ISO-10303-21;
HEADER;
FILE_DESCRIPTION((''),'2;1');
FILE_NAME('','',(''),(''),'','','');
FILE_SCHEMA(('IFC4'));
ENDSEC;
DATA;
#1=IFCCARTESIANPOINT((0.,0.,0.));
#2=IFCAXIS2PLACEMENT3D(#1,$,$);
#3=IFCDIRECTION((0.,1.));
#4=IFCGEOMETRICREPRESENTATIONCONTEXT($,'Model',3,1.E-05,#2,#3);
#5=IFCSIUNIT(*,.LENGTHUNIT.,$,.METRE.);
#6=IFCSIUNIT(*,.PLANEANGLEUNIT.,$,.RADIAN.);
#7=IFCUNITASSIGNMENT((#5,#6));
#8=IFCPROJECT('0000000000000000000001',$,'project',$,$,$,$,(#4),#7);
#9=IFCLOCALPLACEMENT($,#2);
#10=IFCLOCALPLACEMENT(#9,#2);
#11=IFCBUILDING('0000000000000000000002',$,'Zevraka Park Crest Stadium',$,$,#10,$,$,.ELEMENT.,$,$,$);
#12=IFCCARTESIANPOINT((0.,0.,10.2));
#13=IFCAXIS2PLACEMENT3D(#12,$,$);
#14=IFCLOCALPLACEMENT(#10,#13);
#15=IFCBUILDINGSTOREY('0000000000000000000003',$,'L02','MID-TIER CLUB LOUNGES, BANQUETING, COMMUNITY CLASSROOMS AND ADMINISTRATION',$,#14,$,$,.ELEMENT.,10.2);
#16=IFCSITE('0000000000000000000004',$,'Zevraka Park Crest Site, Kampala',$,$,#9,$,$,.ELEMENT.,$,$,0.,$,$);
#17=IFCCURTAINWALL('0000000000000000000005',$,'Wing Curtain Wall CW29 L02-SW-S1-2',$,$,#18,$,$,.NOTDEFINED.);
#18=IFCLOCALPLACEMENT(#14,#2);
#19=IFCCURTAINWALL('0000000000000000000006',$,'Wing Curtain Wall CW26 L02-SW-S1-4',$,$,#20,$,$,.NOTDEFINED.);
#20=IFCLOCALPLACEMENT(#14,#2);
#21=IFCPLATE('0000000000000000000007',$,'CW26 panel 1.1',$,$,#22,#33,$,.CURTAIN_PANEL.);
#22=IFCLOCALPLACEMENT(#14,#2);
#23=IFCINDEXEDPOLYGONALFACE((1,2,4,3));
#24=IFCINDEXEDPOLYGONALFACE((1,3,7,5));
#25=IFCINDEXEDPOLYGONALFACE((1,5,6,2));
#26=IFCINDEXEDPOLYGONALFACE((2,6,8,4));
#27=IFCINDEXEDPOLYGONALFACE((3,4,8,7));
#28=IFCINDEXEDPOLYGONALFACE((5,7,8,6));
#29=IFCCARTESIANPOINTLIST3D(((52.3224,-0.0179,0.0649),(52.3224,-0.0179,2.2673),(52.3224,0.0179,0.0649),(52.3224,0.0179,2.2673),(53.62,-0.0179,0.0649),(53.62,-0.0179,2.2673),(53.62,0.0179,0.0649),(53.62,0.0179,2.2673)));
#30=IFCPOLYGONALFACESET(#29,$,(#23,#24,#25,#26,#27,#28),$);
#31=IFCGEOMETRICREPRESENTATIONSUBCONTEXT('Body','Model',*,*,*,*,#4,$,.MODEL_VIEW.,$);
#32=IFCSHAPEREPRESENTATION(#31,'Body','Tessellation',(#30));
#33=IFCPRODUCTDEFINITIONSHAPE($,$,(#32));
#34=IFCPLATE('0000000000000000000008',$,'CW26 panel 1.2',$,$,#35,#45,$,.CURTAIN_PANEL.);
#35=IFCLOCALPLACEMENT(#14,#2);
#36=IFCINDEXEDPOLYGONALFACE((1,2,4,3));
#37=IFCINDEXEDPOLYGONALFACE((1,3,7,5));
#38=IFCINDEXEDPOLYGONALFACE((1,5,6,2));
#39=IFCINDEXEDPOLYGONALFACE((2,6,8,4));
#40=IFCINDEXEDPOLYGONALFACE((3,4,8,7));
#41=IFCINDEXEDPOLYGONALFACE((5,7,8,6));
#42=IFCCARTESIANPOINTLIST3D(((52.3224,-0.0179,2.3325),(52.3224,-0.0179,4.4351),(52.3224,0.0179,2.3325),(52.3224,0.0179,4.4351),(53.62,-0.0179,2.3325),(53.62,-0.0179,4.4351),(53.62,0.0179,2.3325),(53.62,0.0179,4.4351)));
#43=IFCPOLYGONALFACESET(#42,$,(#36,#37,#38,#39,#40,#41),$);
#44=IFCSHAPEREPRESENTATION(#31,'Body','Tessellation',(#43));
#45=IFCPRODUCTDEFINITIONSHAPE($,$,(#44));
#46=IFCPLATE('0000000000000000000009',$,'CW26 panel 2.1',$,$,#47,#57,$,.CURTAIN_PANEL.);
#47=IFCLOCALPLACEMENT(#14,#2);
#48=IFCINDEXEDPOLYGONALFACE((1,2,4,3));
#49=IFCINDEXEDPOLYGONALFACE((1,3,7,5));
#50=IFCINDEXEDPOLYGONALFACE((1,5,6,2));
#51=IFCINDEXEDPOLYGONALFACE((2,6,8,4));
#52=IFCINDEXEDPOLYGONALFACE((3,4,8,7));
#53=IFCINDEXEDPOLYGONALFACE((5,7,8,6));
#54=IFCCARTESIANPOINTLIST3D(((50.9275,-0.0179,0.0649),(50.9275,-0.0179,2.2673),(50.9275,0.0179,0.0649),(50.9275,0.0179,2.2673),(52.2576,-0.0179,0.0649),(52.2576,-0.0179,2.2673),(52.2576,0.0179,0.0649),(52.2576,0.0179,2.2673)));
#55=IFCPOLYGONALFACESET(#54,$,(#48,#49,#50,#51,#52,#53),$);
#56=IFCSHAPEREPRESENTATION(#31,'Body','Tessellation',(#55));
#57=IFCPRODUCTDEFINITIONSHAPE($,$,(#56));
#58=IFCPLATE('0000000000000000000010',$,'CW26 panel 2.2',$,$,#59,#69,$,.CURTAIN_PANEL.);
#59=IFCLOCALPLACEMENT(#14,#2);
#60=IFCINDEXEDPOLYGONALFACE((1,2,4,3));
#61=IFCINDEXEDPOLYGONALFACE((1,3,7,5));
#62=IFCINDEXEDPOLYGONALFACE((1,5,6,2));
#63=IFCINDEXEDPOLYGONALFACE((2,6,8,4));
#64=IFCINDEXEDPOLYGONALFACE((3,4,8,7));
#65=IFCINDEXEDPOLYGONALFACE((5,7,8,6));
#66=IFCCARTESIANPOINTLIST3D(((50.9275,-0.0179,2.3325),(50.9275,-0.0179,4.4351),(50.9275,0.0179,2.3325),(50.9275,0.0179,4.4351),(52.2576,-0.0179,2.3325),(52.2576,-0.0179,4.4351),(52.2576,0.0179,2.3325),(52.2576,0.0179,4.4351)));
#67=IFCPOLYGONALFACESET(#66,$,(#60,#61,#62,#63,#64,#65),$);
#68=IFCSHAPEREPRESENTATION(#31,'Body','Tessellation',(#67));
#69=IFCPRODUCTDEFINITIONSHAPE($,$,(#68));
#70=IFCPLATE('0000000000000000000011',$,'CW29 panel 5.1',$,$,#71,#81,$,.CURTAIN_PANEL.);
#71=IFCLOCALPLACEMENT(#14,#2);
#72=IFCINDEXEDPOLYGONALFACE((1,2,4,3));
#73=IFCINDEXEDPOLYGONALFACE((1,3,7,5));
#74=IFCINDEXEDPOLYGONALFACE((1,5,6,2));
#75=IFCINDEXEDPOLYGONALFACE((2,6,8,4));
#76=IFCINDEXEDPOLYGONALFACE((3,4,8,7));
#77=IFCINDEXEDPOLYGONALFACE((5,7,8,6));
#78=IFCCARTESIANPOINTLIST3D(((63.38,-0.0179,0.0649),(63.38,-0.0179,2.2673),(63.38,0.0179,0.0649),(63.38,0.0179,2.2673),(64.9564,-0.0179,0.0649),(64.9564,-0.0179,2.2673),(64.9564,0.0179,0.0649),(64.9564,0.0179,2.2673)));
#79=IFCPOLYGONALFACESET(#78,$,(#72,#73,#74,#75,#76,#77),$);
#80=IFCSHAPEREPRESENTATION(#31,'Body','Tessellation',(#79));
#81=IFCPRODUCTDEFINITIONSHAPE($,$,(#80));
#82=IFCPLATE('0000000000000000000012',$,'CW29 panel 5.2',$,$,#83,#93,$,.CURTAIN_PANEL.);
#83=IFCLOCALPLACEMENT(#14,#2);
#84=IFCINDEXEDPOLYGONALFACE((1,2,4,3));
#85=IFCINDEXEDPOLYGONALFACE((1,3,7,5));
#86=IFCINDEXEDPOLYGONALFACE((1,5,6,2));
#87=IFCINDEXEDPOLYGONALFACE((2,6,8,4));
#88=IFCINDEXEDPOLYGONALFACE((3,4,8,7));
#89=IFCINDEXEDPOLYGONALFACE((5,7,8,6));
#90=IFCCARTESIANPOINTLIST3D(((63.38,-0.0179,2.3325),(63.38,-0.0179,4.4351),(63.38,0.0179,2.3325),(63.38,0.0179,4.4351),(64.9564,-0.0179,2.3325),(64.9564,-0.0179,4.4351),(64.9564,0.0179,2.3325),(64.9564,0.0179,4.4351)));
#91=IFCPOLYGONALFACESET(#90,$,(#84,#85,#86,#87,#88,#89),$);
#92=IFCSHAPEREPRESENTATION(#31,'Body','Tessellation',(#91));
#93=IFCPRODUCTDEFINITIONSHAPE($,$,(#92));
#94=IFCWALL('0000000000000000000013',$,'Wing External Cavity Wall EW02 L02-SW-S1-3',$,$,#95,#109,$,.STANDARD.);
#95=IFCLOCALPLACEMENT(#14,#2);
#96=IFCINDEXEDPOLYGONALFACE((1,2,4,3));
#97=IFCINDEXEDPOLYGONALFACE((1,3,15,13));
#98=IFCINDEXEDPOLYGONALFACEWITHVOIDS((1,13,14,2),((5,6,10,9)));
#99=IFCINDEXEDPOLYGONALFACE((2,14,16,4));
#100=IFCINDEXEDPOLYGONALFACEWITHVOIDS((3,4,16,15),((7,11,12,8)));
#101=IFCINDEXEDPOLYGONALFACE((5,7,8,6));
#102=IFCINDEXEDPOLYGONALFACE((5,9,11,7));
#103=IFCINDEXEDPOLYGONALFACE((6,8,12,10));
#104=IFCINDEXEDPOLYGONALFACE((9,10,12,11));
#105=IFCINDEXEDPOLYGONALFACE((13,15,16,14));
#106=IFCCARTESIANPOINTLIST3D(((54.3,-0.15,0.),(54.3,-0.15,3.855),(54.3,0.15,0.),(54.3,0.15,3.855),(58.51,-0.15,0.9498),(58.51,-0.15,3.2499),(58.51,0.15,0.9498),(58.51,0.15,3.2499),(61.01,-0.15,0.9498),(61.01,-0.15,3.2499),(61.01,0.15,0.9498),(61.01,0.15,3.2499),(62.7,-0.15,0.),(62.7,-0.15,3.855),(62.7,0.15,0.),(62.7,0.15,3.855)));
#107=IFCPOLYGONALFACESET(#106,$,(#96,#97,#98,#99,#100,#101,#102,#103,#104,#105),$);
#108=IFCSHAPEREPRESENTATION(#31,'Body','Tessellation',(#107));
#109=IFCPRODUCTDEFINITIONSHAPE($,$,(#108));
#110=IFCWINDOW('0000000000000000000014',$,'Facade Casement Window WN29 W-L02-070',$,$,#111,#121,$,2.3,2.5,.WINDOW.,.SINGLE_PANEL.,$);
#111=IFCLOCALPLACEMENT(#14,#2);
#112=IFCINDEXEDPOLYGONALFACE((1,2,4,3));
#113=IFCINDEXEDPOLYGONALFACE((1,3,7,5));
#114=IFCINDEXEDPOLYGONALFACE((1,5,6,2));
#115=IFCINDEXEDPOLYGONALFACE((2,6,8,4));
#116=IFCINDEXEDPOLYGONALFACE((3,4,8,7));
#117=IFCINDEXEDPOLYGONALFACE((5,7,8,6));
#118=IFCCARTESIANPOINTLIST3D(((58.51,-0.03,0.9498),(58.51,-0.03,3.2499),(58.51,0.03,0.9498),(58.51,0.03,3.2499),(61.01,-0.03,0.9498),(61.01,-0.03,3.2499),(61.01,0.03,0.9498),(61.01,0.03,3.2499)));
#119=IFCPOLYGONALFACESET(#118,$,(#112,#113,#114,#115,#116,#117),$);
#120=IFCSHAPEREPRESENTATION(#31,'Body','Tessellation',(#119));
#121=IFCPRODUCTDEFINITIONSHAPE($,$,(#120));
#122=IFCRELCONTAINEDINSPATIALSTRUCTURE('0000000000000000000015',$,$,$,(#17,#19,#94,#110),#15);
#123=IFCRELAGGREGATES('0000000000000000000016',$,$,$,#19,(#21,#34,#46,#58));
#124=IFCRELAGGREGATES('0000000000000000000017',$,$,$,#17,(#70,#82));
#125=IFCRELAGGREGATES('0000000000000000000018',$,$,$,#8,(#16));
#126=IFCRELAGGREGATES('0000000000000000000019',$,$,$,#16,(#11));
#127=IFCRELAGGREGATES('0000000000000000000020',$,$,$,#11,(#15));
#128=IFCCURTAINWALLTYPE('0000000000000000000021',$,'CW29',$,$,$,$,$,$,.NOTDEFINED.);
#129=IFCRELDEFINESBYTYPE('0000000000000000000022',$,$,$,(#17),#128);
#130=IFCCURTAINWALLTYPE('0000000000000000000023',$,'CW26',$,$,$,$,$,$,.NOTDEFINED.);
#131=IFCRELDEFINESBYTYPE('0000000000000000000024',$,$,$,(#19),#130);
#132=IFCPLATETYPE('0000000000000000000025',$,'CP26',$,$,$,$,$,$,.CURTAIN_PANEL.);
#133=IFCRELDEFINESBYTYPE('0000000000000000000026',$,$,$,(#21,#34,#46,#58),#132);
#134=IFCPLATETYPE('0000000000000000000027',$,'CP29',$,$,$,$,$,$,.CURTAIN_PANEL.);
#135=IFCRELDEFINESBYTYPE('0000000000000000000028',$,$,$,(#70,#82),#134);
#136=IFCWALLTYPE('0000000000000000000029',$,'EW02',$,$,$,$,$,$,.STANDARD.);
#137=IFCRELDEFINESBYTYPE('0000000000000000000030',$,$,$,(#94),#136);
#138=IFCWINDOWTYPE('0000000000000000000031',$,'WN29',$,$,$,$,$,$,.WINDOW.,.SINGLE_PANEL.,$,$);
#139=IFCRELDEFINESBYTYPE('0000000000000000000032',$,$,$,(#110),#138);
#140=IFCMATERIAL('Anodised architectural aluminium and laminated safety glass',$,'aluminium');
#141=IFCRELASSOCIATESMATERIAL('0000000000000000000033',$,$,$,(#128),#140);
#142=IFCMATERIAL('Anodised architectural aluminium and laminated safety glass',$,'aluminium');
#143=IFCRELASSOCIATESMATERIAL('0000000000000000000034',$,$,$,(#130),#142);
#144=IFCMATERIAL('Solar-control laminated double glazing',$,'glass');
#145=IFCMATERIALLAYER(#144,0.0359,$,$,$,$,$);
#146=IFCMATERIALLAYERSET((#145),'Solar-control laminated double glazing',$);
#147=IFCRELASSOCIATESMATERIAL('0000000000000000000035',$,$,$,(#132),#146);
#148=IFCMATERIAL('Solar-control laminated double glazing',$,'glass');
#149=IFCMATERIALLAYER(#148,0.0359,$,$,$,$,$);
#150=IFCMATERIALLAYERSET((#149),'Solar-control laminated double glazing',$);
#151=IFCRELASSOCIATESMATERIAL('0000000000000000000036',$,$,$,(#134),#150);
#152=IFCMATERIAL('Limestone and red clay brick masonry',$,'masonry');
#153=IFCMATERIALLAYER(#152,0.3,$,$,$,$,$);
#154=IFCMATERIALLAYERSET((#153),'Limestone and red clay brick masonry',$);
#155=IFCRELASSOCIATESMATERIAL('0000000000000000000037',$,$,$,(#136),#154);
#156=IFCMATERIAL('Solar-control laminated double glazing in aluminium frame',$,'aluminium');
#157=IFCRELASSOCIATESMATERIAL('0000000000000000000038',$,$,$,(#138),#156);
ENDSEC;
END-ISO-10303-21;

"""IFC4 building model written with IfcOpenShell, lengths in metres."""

from ifc_helpers import new_model, si_unit, direction, frame, frame_2d, origin, origin_2d, place, context, subcontext, project, spatial, rectangle, extrude, material, layer, layer_set, type_object, element, fill, aggregate, save


model = new_model("IFC4")

# Units and contexts
model_context = context("Model", 3, precision=1e-05, world=origin(), true_north=direction((0.0, 1.0)))
body_context = subcontext(model_context, "Body", "Model", "MODEL_VIEW")
ifc_project = project(units=[si_unit("LENGTHUNIT", "METRE"), si_unit("PLANEANGLEUNIT", "RADIAN")], contexts=[model_context])

# Site, building, storey
site_placement = place(None, origin())
site = spatial("IfcSite", under=ifc_project, at=site_placement, Name="Zevraka Park Crest Site, Kampala", CompositionType="ELEMENT", RefElevation=0.0)
building_placement = place(site_placement, origin())
building = spatial("IfcBuilding", under=site, at=building_placement, Name="Zevraka Park Crest Stadium", CompositionType="ELEMENT")
storey_placement = place(building_placement, frame((0.0, 0.0, 10.2)))
storey = spatial("IfcBuildingStorey", under=building, at=storey_placement, Name="L02", Description="MID-TIER CLUB LOUNGES, BANQUETING, COMMUNITY CLASSROOMS AND ADMINISTRATION", CompositionType="ELEMENT", Elevation=10.2)

# Curtain wall
ifc_material_1 = material(Name="Anodised architectural aluminium and laminated safety glass", Category="aluminium")
curtain_wall_type_1 = type_object("IfcCurtainWallType", Name="CW29", PredefinedType="NOTDEFINED", material=ifc_material_1)
curtain_wall_1_placement = place(storey_placement, origin())
curtain_wall_1 = element("IfcCurtainWall", 1, at=curtain_wall_1_placement, inside=storey, type_object=curtain_wall_type_1, Name="Wing Curtain Wall CW29 L02-SW-S1-2", PredefinedType="NOTDEFINED")

# Curtain wall, plates
ifc_material_2 = material(Name="Anodised architectural aluminium and laminated safety glass", Category="aluminium")
curtain_wall_type_2 = type_object("IfcCurtainWallType", Name="CW26", PredefinedType="NOTDEFINED", material=ifc_material_2)
curtain_wall_2_placement = place(storey_placement, origin())
curtain_wall_2 = element("IfcCurtainWall", 2, at=curtain_wall_2_placement, inside=storey, type_object=curtain_wall_type_2, Name="Wing Curtain Wall CW26 L02-SW-S1-4", PredefinedType="NOTDEFINED")
ifc_material_3 = material(Name="Solar-control laminated double glazing", Category="glass")
ifc_layer_1 = layer(ifc_material_3, 0.0359)
ifc_layer_set_1 = layer_set([ifc_layer_1], Name="Solar-control laminated double glazing")
plate_type_1 = type_object("IfcPlateType", Name="CP26", PredefinedType="CURTAIN_PANEL", material=ifc_layer_set_1)
plate_1_placement = place(storey_placement, frame((52.9712, 0.0, 0.0649), z_axis=(0.0, 0.0, 1.0), x_axis=(-1.0, 0.0, 0.0)))
plate_1 = element("IfcPlate", 3, at=plate_1_placement, type_object=plate_type_1, Name="CW26 panel 1.1", PredefinedType="CURTAIN_PANEL", context=body_context, shape_type="SweptSolid", body=[
    extrude(rectangle(XDim=1.2976, YDim=0.0359, at=origin_2d()), origin(), (0.0, 0.0, 1.0), 2.2024),
])
plate_2_placement = place(storey_placement, frame((52.9712, 0.0, 2.3325), z_axis=(0.0, 0.0, 1.0), x_axis=(-1.0, 0.0, 0.0)))
plate_2 = element("IfcPlate", 4, at=plate_2_placement, type_object=plate_type_1, Name="CW26 panel 1.2", PredefinedType="CURTAIN_PANEL", context=body_context, shape_type="SweptSolid", body=[
    extrude(rectangle(XDim=1.2976, YDim=0.0359, at=origin_2d()), origin(), (0.0, 0.0, 1.0), 2.1025),
])
plate_3_placement = place(storey_placement, frame((51.5925, 0.0, 0.0649), z_axis=(0.0, 0.0, 1.0), x_axis=(-1.0, 0.0, 0.0)))
plate_3 = element("IfcPlate", 5, at=plate_3_placement, type_object=plate_type_1, Name="CW26 panel 2.1", PredefinedType="CURTAIN_PANEL", context=body_context, shape_type="SweptSolid", body=[
    extrude(rectangle(XDim=1.3301, YDim=0.0359, at=origin_2d()), origin(), (0.0, 0.0, 1.0), 2.2024),
])
plate_4_placement = place(storey_placement, frame((51.5925, 0.0, 2.3325), z_axis=(0.0, 0.0, 1.0), x_axis=(-1.0, 0.0, 0.0)))
plate_4 = element("IfcPlate", 6, at=plate_4_placement, type_object=plate_type_1, Name="CW26 panel 2.2", PredefinedType="CURTAIN_PANEL", context=body_context, shape_type="SweptSolid", body=[
    extrude(rectangle(XDim=1.3301, YDim=0.0359, at=origin_2d()), origin(), (0.0, 0.0, 1.0), 2.1025),
])
aggregate(curtain_wall_2, [plate_1, plate_2, plate_3, plate_4])

# Plates
ifc_material_4 = material(Name="Solar-control laminated double glazing", Category="glass")
ifc_layer_2 = layer(ifc_material_4, 0.0359)
ifc_layer_set_2 = layer_set([ifc_layer_2], Name="Solar-control laminated double glazing")
plate_type_2 = type_object("IfcPlateType", Name="CP29", PredefinedType="CURTAIN_PANEL", material=ifc_layer_set_2)
plate_5_placement = place(storey_placement, frame((64.1682, 0.0, 0.0649), z_axis=(0.0, 0.0, 1.0), x_axis=(-1.0, 0.0, 0.0)))
plate_5 = element("IfcPlate", 7, at=plate_5_placement, type_object=plate_type_2, Name="CW29 panel 5.1", PredefinedType="CURTAIN_PANEL", context=body_context, shape_type="SweptSolid", body=[
    extrude(rectangle(XDim=1.5764, YDim=0.0359, at=origin_2d()), origin(), (0.0, 0.0, 1.0), 2.2024),
])
plate_6_placement = place(storey_placement, frame((64.1682, 0.0, 2.3325), z_axis=(0.0, 0.0, 1.0), x_axis=(-1.0, 0.0, 0.0)))
plate_6 = element("IfcPlate", 8, at=plate_6_placement, type_object=plate_type_2, Name="CW29 panel 5.2", PredefinedType="CURTAIN_PANEL", context=body_context, shape_type="SweptSolid", body=[
    extrude(rectangle(XDim=1.5764, YDim=0.0359, at=origin_2d()), origin(), (0.0, 0.0, 1.0), 2.1025),
])
aggregate(curtain_wall_1, [plate_5, plate_6])

# Wall, opening, window
ifc_material_5 = material(Name="Limestone and red clay brick masonry", Category="masonry")
ifc_layer_3 = layer(ifc_material_5, 0.3)
ifc_layer_set_3 = layer_set([ifc_layer_3], Name="Limestone and red clay brick masonry")
wall_type = type_object("IfcWallType", Name="EW02", PredefinedType="STANDARD", material=ifc_layer_set_3)
wall_placement = place(storey_placement, frame((62.7, 0.0, 0.0), z_axis=(0.0, 0.0, 1.0), x_axis=(-1.0, 0.0, 0.0)))
wall = element("IfcWall", 9, at=wall_placement, inside=storey, type_object=wall_type, Name="Wing External Cavity Wall EW02 L02-SW-S1-3", PredefinedType="STANDARD", context=body_context, shape_type="SweptSolid", body=[
    extrude(rectangle(XDim=8.3999, YDim=0.3, at=frame_2d((4.2, 0.0))), origin(), (0.0, 0.0, 1.0), 3.855),
])
opening_placement = place(wall_placement, frame((1.6899, 0.0, 0.95)))
opening = element("IfcOpeningElement", 10, at=opening_placement, cuts=wall, PredefinedType="OPENING", context=body_context, shape_type="SweptSolid", body=[
    extrude(rectangle(XDim=2.5, YDim=2.3, at=frame_2d((1.25, 1.1499))), frame((0.0, 0.1599, 0.0), z_axis=(0.0, -1.0, 0.0), x_axis=(1.0, 0.0, 0.0)), (0.0, 0.0, 1.0), 0.3201),
])
ifc_material_6 = material(Name="Solar-control laminated double glazing in aluminium frame", Category="aluminium")
window_type = type_object("IfcWindowType", Name="WN29", PartitioningType="SINGLE_PANEL", PredefinedType="WINDOW", material=ifc_material_6)
window_placement = place(opening_placement, origin())
window = element("IfcWindow", 11, at=window_placement, inside=storey, type_object=window_type, Name="Facade Casement Window WN29 W-L02-070", OverallHeight=2.3, OverallWidth=2.5, PartitioningType="SINGLE_PANEL", PredefinedType="WINDOW", context=body_context, shape_type="SweptSolid", body=[
    extrude(rectangle(XDim=2.5, YDim=2.3, at=frame_2d((1.25, 1.1499))), frame((0.0, 0.03, 0.0), z_axis=(0.0, -1.0, 0.0), x_axis=(1.0, 0.0, 0.0)), (0.0, 0.0, 1.0), 0.0601),
])
fill(opening, window)

save(model, "model.ifc")
